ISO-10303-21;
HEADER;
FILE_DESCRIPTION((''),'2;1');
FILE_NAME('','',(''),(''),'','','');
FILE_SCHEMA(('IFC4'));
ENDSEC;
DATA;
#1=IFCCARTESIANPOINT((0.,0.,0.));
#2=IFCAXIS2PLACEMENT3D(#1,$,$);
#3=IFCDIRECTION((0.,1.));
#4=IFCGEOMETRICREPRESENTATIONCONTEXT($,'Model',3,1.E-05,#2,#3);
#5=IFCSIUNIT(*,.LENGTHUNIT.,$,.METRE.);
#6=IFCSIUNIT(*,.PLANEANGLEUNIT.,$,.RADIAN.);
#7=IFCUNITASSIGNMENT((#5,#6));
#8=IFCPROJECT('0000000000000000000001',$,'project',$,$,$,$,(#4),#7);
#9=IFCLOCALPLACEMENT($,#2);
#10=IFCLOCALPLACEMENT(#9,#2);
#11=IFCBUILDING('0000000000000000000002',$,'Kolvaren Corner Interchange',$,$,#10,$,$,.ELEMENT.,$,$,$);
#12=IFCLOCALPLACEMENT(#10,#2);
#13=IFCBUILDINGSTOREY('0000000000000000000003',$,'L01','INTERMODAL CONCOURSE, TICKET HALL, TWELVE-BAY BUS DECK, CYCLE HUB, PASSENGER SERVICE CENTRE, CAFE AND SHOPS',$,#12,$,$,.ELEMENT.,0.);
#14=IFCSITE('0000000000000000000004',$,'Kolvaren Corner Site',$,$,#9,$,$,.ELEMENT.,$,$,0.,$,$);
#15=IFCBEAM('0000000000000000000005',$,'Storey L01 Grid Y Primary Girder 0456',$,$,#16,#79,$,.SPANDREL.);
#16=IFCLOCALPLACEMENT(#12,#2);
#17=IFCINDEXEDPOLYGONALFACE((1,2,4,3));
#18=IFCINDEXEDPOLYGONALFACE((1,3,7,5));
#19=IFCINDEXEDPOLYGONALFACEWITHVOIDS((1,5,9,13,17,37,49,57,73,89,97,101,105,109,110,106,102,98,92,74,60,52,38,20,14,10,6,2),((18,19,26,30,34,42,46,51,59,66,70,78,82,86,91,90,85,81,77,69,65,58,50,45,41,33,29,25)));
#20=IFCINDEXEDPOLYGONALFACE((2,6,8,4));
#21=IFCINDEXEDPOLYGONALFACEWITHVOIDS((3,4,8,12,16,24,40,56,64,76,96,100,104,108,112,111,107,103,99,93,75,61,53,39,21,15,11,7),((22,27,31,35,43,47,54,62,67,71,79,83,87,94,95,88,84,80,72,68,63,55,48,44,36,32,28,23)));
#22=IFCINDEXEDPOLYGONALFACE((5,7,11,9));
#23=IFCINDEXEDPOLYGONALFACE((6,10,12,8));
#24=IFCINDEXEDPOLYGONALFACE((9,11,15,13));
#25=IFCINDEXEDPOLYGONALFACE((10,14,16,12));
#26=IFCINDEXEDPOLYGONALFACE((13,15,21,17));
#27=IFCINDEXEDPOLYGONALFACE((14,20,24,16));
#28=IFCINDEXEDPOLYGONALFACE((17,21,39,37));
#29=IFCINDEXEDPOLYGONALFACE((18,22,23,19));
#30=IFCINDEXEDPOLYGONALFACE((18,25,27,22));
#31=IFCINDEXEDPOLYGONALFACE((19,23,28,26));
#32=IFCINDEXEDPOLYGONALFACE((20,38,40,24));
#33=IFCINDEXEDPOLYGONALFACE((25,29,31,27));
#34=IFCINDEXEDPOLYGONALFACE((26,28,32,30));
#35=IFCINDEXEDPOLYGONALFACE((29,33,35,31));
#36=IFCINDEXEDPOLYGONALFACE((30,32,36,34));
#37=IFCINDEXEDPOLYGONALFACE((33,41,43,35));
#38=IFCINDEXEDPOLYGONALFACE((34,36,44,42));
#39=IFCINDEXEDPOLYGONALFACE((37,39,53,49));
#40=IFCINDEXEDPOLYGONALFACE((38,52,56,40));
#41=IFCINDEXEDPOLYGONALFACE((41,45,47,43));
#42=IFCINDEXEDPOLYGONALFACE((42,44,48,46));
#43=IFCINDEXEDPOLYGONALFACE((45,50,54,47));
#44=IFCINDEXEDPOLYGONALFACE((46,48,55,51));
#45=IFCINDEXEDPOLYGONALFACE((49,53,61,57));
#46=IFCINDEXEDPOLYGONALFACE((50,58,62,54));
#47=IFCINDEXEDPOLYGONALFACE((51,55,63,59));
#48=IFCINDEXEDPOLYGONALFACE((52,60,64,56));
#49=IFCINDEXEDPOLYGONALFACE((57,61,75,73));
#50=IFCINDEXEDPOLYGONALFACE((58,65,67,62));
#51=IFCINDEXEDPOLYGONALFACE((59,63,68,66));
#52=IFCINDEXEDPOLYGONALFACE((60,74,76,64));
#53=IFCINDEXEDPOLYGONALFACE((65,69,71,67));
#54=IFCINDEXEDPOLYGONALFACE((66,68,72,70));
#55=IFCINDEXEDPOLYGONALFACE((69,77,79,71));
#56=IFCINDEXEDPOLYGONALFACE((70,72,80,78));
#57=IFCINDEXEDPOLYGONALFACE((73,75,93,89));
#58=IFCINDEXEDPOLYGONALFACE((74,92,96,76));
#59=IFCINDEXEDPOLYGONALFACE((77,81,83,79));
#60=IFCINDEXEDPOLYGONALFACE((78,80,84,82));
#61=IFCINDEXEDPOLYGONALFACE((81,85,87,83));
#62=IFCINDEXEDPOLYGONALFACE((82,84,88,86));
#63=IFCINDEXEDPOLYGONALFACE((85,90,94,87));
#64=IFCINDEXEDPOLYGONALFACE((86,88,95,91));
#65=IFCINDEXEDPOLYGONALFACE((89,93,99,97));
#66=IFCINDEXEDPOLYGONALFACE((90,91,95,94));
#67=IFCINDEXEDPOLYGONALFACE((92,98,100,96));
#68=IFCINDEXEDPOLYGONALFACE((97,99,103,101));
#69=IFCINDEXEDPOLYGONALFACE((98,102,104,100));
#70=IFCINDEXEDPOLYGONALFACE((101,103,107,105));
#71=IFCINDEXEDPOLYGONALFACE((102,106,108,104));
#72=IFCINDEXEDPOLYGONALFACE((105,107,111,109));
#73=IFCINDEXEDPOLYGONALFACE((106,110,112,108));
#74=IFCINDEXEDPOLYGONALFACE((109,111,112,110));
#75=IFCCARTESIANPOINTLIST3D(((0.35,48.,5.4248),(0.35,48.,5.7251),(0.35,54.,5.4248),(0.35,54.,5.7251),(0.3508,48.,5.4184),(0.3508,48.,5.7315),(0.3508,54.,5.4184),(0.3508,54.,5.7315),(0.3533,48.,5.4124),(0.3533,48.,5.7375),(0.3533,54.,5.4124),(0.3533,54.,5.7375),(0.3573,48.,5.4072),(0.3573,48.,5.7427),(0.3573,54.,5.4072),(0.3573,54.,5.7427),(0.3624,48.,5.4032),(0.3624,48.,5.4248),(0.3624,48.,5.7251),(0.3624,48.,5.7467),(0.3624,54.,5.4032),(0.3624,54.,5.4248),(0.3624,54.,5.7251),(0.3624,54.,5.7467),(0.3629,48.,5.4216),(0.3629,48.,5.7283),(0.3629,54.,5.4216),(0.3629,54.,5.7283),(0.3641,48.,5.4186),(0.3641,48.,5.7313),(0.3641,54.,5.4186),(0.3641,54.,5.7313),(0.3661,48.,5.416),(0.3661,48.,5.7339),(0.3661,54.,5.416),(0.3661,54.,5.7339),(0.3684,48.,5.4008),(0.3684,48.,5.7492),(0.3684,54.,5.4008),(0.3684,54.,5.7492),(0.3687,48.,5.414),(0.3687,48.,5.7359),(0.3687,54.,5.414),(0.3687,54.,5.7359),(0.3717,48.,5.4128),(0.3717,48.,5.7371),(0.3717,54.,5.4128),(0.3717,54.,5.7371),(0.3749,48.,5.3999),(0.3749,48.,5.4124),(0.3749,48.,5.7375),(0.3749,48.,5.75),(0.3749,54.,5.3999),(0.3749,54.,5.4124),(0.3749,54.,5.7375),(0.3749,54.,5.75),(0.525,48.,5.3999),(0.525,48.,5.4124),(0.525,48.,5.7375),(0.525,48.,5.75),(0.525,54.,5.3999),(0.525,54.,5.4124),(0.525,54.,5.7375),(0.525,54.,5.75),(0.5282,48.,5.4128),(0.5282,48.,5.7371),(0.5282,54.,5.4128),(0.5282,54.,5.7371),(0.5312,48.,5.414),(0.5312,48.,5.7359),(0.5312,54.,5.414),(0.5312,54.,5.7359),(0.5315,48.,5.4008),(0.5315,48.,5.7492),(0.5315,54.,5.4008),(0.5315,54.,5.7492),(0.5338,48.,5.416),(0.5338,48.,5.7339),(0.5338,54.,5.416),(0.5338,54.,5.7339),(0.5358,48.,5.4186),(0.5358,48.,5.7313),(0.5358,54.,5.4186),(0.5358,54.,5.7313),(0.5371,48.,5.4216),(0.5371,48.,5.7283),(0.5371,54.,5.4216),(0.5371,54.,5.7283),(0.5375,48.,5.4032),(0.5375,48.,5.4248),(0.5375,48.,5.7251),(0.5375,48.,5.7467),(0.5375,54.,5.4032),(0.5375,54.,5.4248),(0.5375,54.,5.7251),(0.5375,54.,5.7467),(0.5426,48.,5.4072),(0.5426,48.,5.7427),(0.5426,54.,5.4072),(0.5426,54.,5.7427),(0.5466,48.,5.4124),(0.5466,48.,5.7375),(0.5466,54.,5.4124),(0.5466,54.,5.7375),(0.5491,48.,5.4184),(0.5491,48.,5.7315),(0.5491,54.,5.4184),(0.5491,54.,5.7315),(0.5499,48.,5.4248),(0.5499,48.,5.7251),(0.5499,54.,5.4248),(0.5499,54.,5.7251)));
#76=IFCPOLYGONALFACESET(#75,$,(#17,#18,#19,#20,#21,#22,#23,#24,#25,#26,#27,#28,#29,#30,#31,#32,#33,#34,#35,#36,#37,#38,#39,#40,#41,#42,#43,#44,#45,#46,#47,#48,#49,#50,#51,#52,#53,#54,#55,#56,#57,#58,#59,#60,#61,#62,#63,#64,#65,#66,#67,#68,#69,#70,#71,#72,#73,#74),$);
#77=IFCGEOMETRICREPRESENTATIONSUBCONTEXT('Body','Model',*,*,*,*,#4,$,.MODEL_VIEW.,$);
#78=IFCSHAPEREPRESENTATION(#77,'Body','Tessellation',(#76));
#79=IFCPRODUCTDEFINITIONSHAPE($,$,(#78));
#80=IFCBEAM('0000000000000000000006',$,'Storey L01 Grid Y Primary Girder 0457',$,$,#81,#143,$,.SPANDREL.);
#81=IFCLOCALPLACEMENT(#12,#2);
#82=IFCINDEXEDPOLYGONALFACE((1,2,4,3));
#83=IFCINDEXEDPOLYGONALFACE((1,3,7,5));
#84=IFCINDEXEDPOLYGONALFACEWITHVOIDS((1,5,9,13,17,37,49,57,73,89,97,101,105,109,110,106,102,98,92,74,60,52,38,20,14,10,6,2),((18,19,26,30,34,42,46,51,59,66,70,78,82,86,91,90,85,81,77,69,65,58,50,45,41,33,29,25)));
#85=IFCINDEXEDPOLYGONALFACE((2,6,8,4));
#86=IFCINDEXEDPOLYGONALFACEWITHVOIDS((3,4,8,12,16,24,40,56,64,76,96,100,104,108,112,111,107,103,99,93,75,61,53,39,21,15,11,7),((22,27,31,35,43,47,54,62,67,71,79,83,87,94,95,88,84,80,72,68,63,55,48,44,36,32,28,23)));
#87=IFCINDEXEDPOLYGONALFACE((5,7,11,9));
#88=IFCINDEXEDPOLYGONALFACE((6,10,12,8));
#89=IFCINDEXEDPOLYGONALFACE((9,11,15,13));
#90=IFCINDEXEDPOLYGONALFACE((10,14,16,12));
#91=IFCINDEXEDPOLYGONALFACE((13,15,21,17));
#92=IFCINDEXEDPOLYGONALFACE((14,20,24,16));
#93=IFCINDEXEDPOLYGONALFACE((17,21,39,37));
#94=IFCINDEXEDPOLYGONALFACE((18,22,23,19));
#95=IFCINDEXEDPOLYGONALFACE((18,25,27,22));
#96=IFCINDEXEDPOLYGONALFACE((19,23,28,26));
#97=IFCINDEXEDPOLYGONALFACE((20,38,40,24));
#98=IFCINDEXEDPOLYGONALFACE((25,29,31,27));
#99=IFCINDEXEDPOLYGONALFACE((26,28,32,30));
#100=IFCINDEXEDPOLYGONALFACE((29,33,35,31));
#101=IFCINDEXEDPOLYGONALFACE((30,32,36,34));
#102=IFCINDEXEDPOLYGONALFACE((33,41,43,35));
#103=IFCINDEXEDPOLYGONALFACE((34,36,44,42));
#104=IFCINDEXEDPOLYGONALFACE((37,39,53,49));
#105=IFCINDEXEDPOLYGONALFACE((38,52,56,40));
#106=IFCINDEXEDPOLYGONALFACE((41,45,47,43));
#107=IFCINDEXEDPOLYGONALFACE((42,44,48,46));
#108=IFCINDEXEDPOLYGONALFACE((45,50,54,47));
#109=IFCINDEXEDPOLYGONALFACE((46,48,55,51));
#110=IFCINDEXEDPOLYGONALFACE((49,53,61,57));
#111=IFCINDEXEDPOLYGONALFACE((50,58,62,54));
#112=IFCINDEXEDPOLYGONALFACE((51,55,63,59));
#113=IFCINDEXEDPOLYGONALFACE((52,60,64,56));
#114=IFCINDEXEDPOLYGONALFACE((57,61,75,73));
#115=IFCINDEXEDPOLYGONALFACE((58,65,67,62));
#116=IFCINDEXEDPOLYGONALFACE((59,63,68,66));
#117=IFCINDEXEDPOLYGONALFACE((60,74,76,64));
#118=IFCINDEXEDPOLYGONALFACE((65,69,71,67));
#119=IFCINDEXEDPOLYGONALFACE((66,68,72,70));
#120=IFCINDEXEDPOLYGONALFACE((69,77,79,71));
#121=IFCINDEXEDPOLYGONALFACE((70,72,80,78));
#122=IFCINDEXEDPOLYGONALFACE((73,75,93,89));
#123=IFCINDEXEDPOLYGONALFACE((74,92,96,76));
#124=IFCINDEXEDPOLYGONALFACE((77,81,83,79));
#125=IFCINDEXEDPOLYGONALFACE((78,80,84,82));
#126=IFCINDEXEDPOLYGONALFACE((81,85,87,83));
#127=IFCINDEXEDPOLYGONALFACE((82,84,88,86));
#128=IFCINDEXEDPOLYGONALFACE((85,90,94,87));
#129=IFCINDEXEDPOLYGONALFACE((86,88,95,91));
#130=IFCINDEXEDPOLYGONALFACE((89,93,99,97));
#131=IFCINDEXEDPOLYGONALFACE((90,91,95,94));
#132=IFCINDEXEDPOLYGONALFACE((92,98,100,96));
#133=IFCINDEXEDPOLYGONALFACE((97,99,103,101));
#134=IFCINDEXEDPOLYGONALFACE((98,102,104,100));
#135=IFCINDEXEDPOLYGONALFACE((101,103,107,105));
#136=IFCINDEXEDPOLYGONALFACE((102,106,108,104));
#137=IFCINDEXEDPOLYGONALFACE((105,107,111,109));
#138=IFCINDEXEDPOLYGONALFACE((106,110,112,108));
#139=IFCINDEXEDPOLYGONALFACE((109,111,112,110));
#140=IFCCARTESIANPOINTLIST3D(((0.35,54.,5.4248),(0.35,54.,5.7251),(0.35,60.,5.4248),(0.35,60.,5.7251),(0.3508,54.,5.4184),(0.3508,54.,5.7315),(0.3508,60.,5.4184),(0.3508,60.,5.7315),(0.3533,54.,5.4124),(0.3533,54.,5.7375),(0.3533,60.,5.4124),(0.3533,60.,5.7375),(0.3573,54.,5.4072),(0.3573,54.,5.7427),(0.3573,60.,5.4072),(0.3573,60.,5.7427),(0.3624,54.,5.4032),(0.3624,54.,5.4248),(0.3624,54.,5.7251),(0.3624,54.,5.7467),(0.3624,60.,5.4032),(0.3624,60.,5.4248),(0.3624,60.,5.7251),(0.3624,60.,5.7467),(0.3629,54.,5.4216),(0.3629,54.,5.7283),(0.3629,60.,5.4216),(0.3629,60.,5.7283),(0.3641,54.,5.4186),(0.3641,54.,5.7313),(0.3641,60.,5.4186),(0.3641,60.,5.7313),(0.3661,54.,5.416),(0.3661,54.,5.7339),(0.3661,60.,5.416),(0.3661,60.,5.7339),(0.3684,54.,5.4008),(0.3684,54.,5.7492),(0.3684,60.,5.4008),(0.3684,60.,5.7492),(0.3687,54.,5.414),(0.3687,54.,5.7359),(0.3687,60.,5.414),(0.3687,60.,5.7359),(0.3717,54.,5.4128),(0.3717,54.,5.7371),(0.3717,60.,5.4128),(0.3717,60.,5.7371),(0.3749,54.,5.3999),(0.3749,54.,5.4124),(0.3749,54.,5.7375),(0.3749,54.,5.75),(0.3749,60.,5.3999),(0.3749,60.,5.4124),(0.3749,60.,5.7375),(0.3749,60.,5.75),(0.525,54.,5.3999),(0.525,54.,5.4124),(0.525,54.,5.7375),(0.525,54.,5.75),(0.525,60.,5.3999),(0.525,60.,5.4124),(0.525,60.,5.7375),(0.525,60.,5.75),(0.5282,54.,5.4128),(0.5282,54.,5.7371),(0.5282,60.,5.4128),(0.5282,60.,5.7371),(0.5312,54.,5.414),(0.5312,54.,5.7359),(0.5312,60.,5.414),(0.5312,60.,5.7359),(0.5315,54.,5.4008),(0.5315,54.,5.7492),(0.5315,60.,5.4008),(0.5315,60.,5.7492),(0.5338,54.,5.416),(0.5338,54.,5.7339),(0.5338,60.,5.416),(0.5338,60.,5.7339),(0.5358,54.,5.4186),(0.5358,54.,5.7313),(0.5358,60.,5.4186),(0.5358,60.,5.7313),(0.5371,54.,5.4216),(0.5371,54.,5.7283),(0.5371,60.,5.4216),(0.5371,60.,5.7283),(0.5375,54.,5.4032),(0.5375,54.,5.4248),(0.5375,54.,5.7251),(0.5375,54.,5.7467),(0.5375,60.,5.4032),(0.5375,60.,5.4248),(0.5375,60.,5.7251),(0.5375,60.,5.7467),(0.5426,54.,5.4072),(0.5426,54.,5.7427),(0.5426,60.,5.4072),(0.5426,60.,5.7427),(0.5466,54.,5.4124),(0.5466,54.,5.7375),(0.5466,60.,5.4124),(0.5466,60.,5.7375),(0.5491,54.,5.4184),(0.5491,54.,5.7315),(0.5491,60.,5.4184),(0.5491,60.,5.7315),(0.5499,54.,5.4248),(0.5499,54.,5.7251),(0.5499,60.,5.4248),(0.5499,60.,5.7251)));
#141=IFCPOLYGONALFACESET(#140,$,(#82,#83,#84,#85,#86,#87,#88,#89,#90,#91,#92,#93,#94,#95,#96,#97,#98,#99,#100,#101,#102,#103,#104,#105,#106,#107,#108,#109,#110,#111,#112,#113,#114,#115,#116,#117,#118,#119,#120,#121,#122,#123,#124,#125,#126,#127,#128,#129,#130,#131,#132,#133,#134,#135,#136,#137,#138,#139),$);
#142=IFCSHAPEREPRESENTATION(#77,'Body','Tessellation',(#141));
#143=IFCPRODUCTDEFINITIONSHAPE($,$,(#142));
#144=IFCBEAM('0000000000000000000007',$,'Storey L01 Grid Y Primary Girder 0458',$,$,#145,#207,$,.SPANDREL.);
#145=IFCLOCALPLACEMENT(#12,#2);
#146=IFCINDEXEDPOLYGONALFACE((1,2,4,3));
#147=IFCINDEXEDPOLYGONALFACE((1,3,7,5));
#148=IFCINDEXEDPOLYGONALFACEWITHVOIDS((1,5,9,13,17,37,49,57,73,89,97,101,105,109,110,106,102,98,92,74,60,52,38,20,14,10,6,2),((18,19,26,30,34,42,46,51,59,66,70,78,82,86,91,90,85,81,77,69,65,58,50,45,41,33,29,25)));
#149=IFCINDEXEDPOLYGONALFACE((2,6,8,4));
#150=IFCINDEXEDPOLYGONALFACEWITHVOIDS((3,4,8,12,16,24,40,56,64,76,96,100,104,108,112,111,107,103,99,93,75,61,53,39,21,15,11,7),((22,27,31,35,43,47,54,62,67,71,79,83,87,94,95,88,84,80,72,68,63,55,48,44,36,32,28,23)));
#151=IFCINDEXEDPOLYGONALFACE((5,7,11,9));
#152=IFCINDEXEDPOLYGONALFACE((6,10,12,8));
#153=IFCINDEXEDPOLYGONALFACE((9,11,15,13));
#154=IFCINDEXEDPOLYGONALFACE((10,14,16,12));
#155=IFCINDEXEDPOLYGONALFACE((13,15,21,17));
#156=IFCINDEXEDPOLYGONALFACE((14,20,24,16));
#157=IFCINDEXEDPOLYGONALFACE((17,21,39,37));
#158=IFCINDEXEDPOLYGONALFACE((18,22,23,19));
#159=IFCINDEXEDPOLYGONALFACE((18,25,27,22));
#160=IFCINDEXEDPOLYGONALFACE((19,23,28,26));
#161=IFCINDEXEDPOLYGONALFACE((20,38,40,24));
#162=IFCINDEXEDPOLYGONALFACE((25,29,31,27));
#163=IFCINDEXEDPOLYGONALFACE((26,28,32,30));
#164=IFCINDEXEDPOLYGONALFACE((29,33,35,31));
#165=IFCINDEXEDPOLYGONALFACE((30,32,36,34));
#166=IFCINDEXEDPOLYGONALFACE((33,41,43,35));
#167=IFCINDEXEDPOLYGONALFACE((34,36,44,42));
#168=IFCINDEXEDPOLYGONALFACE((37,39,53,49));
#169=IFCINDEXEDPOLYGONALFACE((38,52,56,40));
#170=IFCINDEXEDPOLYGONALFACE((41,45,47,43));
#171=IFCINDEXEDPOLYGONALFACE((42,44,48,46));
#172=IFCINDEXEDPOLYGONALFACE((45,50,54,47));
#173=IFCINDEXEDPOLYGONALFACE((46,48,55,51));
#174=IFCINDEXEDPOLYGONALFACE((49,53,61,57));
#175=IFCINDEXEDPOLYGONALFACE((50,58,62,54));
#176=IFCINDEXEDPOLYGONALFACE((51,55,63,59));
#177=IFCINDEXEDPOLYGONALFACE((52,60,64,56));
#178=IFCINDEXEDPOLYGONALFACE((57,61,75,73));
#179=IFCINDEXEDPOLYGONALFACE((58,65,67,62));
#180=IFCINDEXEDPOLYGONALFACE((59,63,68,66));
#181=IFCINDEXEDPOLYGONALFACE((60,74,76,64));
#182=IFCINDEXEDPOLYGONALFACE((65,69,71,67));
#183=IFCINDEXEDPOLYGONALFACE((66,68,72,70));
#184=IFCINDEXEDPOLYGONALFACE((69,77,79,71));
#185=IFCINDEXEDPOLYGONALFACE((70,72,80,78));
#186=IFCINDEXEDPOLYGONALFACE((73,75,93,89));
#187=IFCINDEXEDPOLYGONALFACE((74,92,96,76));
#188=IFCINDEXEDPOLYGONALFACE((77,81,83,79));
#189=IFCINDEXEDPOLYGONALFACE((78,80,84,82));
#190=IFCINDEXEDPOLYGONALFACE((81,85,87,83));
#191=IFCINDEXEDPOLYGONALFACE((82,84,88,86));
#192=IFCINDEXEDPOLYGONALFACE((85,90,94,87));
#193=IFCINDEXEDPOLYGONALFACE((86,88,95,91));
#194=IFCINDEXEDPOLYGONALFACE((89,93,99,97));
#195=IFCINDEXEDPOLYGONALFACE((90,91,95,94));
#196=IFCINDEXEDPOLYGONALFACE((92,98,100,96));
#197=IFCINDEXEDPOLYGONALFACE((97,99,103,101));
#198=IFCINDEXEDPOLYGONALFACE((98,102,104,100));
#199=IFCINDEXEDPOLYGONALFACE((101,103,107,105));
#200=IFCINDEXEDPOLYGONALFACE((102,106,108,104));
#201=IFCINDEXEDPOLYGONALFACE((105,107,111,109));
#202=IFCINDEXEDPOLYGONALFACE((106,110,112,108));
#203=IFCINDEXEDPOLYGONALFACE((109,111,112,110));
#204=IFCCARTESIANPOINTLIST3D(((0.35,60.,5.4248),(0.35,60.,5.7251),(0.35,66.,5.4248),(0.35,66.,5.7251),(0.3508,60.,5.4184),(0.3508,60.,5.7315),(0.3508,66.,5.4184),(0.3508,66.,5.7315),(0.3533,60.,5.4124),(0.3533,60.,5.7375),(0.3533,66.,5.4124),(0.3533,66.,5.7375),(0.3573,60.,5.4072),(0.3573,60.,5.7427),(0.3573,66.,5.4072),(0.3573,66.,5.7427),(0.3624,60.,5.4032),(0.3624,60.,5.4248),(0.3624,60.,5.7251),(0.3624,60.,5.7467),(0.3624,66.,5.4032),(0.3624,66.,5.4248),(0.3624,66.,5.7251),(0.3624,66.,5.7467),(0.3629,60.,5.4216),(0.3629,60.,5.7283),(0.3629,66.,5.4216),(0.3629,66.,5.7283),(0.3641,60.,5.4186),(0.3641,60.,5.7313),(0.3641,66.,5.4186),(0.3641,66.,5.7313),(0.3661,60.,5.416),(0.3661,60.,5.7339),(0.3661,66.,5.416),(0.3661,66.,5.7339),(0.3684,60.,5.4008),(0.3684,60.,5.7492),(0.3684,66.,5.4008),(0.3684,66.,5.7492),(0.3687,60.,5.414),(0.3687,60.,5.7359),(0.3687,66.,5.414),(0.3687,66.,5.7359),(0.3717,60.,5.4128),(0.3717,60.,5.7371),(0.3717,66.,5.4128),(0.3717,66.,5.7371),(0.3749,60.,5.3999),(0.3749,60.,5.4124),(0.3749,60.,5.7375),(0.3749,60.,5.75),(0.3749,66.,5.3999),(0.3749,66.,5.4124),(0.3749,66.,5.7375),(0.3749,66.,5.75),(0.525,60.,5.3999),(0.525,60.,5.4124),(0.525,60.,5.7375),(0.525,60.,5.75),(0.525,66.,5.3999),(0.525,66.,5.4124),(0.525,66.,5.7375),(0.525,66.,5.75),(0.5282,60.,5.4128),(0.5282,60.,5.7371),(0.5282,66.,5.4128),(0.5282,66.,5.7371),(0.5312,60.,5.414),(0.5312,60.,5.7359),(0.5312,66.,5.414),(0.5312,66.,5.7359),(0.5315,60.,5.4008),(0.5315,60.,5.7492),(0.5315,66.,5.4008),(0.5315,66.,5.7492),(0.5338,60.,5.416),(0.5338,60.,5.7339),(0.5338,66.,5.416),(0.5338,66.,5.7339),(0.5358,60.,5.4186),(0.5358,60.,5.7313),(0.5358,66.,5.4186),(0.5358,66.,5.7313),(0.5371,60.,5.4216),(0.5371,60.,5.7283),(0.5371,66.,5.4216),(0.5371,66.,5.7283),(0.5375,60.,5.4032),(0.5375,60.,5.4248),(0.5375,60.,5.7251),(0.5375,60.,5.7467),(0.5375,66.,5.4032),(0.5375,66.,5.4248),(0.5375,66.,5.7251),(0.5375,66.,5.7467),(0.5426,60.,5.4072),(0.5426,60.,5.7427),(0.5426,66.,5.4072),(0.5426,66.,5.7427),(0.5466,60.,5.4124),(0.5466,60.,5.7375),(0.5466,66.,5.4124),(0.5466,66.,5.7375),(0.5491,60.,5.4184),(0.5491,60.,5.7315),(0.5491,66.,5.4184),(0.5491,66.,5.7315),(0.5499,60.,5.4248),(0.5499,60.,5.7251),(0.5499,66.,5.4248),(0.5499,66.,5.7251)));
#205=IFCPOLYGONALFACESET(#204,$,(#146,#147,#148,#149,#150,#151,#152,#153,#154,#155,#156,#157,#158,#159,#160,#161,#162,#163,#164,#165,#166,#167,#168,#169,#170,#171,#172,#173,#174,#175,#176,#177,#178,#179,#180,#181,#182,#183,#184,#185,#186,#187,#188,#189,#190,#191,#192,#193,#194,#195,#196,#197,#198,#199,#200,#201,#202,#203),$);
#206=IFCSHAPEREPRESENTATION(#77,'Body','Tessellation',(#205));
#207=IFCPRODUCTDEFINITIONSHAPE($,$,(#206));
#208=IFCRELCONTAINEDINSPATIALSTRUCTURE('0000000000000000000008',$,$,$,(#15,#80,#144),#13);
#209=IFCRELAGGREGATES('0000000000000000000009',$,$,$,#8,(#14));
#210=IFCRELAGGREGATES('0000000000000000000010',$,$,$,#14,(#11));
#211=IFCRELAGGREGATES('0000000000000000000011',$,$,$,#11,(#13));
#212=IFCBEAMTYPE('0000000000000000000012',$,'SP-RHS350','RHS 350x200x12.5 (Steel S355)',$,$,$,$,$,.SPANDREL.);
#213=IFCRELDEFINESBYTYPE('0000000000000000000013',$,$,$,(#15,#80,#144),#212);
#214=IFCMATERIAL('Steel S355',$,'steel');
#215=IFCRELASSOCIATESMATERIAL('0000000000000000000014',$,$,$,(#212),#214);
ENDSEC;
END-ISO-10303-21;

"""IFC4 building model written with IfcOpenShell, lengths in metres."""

from ifc_helpers import new_model, si_unit, direction, frame, origin, origin_2d, place, context, subcontext, project, spatial, hollow_rectangle, extrude, material, material_profile, profile_set, type_object, element, save


model = new_model("IFC4")

# Units and contexts
model_context = context("Model", 3, precision=1e-05, world=origin(), true_north=direction((0.0, 1.0)))
body_context = subcontext(model_context, "Body", "Model", "MODEL_VIEW")
ifc_project = project(units=[si_unit("LENGTHUNIT", "METRE"), si_unit("PLANEANGLEUNIT", "RADIAN")], contexts=[model_context])

# Site, building, storey
site_placement = place(None, origin())
site = spatial("IfcSite", under=ifc_project, at=site_placement, Name="Kolvaren Corner Site", CompositionType="ELEMENT", RefElevation=0.0)
building_placement = place(site_placement, origin())
building = spatial("IfcBuilding", under=site, at=building_placement, Name="Kolvaren Corner Interchange", CompositionType="ELEMENT")
storey_placement = place(building_placement, origin())
storey = spatial("IfcBuildingStorey", under=building, at=storey_placement, Name="L01", Description="INTERMODAL CONCOURSE, TICKET HALL, TWELVE-BAY BUS DECK, CYCLE HUB, PASSENGER SERVICE CENTRE, CAFE AND SHOPS", CompositionType="ELEMENT", Elevation=0.0)

# Beams
ifc_material_1 = material(Name="Steel S355", Category="steel")
ifc_material_profile_1 = material_profile(ifc_material_1, hollow_rectangle(XDim=0.2, YDim=0.3501, WallThickness=0.0125, InnerFilletRadius=0.0125, OuterFilletRadius=0.0249, at=origin_2d()), Name="RHS 350x200x12.5")
ifc_profile_set_1 = profile_set([ifc_material_profile_1], Name="Steel S355")
beam_type_1 = type_object("IfcBeamType", Name="SP-RHS350", Description="RHS 350x200x12.5 (Steel S355)", PredefinedType="SPANDREL", material=ifc_profile_set_1)
for number, where, z_axis, x_axis, name in (
    (1, (0.45, 48.0, 5.575), (0.0, 1.0, 0.0), (-1.0, 0.0, 0.0), "Storey L01 Grid Y Primary Girder 0456"),
    (2, (0.45, 54.0, 5.575), (0.0, 1.0, 0.0), (-1.0, 0.0, 0.0), "Storey L01 Grid Y Primary Girder 0457"),
    (3, (0.45, 60.0, 5.575), (0.0, 1.0, 0.0), (-1.0, 0.0, 0.0), "Storey L01 Grid Y Primary Girder 0458"),
):
    element("IfcBeam", number, at=place(storey_placement, frame(where, z_axis=z_axis, x_axis=x_axis)), inside=storey, type_object=beam_type_1, Name=name, PredefinedType="SPANDREL", context=body_context, shape_type="SweptSolid", body=[
        extrude(hollow_rectangle(XDim=0.2, YDim=0.3501, WallThickness=0.0125, InnerFilletRadius=0.0125, OuterFilletRadius=0.0249, at=origin_2d()), origin(), (0.0, 0.0, 1.0), 6.0),
    ])

save(model, "model.ifc")
